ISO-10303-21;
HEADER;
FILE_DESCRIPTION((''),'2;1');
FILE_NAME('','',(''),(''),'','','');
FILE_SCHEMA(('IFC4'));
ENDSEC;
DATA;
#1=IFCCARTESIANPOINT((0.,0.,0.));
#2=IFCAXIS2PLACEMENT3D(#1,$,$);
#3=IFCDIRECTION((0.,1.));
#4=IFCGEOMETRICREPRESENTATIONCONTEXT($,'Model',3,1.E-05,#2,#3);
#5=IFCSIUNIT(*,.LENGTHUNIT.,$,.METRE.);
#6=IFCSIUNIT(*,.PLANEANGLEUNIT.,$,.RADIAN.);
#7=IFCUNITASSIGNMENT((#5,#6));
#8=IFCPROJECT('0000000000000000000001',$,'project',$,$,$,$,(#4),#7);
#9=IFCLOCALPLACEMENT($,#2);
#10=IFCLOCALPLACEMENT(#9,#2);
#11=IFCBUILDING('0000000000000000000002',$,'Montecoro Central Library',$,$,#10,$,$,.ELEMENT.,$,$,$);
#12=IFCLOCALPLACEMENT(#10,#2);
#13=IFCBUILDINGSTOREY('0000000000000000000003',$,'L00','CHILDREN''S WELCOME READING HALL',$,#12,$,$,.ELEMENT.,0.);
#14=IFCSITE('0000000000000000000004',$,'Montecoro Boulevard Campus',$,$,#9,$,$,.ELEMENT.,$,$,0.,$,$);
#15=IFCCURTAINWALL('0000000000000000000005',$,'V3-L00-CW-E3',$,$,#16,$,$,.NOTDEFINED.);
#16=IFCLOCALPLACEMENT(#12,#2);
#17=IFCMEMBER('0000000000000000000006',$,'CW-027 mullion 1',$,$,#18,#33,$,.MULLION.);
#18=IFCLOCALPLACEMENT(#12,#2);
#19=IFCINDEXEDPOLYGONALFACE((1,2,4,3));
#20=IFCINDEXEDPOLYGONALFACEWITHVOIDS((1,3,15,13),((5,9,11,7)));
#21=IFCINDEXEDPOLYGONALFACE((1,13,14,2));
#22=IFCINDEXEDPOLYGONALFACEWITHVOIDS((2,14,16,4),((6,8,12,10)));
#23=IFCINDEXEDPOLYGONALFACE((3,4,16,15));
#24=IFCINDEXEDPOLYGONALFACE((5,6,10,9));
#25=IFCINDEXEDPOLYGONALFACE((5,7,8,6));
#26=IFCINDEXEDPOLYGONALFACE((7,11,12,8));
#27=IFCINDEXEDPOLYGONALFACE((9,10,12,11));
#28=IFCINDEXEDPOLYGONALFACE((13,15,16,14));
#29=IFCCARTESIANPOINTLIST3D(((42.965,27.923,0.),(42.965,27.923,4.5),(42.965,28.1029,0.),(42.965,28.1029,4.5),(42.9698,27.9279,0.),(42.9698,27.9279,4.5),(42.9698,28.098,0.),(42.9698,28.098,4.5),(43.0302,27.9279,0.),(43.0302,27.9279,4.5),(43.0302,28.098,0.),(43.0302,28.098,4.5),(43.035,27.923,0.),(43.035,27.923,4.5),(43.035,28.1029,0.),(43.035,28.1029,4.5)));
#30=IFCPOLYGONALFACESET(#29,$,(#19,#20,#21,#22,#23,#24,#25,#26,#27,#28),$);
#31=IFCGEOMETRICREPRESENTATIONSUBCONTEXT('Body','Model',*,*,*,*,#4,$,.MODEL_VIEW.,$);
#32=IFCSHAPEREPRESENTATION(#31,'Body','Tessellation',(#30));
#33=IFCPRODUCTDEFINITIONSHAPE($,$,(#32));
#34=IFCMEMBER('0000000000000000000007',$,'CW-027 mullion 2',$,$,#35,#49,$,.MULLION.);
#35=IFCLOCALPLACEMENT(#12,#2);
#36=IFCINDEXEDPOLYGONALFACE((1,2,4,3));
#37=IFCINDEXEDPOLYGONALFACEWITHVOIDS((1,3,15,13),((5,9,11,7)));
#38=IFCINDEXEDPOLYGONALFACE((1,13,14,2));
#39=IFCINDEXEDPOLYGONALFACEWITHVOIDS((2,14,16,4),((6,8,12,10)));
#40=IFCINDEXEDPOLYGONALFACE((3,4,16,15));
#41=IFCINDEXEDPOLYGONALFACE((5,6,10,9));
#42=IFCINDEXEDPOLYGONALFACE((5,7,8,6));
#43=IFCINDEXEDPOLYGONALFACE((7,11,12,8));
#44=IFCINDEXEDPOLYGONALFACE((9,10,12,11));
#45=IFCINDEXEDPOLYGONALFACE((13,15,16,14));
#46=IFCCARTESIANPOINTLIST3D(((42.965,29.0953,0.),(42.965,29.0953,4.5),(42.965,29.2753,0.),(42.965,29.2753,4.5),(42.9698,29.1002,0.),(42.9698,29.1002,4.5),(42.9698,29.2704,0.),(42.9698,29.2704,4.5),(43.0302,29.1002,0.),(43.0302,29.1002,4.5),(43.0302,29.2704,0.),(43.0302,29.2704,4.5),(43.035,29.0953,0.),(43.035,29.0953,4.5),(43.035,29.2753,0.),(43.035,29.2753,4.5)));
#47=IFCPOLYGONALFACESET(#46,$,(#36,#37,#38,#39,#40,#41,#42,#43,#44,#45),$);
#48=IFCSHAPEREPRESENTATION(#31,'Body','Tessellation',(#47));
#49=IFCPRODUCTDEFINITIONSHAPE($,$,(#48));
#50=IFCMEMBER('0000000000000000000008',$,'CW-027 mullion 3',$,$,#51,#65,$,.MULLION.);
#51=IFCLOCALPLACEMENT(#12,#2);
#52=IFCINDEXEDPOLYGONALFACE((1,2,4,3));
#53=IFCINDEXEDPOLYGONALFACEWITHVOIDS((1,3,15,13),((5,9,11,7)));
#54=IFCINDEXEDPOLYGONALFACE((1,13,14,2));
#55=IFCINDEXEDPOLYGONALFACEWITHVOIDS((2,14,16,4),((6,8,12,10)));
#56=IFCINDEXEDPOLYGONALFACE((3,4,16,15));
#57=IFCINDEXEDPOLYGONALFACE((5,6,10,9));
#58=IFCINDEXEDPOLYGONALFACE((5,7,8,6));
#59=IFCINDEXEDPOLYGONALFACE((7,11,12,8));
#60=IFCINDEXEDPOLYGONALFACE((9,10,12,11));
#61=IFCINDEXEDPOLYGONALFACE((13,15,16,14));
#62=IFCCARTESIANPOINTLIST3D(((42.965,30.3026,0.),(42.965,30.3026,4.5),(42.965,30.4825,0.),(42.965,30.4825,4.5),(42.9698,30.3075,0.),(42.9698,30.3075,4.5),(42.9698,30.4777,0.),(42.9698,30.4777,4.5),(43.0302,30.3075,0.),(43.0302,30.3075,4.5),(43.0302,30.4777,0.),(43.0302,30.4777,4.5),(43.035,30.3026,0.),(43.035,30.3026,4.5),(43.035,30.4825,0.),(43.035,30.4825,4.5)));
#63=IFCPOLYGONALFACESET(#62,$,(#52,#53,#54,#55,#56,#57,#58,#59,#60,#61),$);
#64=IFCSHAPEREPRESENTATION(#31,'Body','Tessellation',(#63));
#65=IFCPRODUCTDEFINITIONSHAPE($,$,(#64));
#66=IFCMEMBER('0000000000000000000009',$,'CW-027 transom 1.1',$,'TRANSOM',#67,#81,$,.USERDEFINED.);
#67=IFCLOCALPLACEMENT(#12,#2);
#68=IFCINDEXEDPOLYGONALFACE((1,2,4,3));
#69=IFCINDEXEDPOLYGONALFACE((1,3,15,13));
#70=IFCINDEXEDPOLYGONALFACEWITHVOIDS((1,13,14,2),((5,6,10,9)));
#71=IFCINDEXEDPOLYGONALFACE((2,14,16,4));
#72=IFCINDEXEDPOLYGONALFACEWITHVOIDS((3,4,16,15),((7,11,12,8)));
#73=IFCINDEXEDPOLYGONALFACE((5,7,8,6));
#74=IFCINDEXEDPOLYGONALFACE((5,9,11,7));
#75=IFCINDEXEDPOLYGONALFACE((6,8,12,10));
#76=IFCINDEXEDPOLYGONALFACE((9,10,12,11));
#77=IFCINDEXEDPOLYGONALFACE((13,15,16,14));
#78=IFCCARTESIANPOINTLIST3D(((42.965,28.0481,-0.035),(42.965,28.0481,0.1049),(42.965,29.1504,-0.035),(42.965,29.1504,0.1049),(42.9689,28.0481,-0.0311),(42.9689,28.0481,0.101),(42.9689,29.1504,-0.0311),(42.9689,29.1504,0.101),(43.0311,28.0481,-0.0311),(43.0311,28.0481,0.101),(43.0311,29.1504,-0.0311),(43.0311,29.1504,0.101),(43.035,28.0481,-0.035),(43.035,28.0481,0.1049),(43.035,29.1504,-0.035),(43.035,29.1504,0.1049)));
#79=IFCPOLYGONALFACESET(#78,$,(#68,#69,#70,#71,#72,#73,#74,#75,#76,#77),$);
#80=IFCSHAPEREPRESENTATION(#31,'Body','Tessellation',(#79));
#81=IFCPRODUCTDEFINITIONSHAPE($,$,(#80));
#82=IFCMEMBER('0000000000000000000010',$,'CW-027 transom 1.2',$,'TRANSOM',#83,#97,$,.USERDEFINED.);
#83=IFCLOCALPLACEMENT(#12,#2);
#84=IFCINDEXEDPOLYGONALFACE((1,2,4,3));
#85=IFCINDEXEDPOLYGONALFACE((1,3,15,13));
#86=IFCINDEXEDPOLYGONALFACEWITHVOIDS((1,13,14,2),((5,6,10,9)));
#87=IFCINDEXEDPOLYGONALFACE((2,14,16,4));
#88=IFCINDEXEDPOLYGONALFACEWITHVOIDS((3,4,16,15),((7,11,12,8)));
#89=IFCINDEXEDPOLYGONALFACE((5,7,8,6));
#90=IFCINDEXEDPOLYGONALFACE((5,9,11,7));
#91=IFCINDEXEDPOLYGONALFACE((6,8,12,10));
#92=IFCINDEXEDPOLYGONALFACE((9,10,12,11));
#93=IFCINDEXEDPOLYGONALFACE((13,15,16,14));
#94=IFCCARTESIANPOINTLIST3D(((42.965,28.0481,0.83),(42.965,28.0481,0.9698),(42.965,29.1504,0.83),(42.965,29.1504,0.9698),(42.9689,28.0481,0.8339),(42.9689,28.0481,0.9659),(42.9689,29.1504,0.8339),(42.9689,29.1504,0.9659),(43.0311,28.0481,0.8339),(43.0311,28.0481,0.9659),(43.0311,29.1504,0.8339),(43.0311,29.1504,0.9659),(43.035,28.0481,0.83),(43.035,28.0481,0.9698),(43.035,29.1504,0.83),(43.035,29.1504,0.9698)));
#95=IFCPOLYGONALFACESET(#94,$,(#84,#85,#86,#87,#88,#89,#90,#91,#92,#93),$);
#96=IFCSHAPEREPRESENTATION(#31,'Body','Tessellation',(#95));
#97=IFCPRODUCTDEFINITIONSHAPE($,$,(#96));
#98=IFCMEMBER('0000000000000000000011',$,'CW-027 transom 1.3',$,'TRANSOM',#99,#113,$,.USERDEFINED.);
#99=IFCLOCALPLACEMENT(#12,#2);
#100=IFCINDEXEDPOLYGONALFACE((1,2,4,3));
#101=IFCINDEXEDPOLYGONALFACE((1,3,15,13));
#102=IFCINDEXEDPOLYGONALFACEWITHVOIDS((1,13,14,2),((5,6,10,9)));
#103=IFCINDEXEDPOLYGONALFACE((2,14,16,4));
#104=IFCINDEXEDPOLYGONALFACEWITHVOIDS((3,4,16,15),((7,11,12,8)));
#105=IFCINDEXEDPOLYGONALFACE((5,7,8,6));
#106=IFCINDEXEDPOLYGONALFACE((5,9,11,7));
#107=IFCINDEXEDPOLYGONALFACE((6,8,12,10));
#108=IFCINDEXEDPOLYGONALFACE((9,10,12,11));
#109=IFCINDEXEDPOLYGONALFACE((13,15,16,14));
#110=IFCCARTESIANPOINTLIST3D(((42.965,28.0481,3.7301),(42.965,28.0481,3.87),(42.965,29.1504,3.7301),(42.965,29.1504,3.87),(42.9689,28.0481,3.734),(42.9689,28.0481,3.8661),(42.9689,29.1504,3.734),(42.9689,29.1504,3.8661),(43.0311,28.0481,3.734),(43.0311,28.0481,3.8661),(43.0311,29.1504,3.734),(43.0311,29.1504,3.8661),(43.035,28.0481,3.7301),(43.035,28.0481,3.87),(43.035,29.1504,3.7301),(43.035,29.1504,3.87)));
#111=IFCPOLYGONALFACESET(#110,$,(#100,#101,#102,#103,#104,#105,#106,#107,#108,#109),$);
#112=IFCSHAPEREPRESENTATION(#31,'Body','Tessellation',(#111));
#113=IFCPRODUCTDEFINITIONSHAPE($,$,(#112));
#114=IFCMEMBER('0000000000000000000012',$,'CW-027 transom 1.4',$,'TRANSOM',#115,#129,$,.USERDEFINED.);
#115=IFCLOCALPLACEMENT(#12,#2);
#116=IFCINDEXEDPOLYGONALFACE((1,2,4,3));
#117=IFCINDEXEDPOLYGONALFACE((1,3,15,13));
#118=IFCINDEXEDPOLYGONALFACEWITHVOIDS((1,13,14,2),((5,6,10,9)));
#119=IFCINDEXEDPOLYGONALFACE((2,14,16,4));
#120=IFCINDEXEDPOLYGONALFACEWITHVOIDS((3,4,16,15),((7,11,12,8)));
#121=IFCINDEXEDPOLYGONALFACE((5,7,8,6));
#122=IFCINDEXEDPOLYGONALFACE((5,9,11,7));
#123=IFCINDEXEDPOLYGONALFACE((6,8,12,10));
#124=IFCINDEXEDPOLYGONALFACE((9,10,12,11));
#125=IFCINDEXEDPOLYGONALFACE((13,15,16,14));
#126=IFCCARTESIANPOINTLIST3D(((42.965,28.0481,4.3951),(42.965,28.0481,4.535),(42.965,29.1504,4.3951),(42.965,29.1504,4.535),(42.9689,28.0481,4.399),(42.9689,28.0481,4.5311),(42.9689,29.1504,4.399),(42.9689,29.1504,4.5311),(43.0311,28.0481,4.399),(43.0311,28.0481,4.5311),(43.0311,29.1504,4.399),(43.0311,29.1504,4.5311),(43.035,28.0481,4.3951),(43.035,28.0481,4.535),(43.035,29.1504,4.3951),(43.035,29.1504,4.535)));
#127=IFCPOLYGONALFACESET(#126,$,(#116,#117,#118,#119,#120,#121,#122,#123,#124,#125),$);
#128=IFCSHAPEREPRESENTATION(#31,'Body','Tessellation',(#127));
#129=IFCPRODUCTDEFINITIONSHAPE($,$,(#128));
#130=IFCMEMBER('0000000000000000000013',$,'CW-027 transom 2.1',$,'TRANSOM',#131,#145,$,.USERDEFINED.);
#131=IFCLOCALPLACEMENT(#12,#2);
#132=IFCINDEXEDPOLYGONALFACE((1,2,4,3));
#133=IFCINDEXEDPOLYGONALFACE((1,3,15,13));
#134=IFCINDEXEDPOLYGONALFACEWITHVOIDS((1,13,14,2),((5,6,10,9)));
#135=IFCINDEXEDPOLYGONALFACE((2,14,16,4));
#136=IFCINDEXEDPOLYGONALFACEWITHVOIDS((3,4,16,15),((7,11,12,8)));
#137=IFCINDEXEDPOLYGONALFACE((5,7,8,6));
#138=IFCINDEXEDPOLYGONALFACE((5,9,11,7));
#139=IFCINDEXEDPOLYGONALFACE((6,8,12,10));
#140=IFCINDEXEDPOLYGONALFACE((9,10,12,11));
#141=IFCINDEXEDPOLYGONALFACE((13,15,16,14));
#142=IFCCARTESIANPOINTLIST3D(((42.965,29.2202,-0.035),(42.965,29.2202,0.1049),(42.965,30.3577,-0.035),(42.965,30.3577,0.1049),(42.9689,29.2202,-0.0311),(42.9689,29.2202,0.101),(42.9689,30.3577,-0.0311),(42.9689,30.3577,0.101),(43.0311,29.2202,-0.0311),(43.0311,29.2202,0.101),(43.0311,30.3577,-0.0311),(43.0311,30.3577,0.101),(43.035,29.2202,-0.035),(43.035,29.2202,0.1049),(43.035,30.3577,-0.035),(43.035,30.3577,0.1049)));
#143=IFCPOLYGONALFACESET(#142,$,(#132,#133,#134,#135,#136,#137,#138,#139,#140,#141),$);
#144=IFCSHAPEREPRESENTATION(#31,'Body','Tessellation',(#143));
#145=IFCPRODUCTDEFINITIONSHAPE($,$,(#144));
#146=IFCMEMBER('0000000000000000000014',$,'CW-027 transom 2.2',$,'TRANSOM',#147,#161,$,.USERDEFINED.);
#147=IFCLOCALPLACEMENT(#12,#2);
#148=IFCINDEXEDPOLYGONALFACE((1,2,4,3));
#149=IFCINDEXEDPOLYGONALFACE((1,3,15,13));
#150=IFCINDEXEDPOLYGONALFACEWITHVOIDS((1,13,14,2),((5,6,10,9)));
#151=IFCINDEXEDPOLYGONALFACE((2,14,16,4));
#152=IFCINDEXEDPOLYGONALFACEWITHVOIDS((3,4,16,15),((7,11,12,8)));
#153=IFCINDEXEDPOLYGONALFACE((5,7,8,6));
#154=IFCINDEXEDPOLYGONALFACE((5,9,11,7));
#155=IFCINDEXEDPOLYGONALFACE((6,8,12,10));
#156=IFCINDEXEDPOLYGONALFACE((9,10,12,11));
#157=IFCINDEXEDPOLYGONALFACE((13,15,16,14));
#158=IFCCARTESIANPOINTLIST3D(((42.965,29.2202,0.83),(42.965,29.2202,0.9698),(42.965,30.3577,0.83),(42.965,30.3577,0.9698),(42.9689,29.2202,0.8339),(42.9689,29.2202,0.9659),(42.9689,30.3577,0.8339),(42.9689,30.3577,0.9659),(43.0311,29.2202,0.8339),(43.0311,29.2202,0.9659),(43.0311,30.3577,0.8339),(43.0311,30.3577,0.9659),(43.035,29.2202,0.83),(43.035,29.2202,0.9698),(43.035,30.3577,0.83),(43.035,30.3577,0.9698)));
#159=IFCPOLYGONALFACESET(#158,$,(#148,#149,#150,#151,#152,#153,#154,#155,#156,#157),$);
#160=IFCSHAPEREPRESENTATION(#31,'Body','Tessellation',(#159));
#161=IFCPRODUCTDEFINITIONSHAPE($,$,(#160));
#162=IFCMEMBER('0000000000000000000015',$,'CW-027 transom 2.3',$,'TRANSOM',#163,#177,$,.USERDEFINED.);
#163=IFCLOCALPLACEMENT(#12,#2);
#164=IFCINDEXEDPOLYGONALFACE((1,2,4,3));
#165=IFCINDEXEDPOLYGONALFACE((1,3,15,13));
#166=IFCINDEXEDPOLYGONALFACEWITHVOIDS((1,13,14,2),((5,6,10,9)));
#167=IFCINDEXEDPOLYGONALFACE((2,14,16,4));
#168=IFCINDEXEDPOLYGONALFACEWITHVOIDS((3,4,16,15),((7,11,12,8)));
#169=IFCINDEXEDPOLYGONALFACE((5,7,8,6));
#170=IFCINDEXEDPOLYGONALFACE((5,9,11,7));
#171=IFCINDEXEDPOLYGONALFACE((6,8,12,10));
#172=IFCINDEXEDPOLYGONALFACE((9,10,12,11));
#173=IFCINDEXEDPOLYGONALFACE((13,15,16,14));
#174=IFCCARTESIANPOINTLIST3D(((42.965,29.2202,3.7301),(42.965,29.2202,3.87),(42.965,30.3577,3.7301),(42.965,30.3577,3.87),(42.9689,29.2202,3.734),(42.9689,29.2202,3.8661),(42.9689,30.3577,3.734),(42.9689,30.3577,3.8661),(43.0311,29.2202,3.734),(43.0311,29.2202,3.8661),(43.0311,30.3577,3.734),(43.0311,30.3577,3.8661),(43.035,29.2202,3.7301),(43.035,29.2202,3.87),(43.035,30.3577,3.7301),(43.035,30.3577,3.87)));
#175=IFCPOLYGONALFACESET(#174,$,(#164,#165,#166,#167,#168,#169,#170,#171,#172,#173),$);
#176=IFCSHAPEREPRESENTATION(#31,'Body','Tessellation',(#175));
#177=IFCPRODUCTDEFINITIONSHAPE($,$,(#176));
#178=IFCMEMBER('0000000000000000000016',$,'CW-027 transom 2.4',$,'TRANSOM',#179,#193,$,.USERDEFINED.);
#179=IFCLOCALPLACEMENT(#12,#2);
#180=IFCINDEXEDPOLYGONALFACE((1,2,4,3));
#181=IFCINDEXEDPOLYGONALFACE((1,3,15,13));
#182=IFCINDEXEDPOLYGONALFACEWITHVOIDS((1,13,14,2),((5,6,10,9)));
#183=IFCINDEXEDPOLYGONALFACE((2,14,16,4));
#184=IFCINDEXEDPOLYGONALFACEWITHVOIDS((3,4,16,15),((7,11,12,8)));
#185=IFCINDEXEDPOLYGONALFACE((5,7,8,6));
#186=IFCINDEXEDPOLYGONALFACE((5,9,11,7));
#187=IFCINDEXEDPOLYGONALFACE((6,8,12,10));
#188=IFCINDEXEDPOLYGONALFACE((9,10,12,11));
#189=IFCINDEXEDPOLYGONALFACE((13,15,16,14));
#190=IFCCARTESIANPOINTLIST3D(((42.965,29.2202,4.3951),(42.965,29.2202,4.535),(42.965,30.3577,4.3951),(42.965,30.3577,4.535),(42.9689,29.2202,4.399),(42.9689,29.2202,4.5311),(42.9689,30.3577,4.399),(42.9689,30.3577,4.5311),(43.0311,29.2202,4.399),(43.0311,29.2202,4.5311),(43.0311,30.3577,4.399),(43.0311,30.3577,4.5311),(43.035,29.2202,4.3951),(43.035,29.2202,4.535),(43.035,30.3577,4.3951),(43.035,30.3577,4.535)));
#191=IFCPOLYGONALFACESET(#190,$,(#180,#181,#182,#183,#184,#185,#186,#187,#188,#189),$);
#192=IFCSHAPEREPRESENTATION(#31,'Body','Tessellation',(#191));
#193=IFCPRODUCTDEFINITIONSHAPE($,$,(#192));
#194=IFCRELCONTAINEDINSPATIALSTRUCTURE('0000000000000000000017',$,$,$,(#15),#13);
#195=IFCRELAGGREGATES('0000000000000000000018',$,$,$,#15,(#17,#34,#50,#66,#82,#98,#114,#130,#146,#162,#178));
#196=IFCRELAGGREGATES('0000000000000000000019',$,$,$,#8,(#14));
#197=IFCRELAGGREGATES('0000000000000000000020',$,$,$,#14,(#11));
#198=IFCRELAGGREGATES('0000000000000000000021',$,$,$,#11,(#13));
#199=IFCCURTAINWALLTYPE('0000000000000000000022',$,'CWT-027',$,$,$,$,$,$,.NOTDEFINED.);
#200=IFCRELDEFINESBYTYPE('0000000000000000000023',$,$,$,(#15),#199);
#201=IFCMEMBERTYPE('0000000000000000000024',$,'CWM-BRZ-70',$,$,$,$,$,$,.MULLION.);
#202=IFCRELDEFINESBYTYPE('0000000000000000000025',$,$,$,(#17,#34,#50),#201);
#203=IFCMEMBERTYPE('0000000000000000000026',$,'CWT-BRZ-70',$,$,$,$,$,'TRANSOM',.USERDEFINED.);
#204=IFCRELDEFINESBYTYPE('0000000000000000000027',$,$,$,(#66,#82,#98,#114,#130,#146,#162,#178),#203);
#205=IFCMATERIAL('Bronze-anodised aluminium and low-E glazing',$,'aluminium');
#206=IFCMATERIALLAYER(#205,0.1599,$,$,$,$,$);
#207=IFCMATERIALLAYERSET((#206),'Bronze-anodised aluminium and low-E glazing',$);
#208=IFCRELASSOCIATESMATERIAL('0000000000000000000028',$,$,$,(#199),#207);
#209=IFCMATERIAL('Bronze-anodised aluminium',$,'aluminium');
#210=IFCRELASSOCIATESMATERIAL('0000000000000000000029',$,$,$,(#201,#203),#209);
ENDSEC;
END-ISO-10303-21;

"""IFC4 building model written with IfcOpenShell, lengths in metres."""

from ifc_helpers import new_model, si_unit, direction, frame, origin, origin_2d, place, context, subcontext, project, spatial, hollow_rectangle, extrude, material, layer, layer_set, material_profile, profile_set, type_object, element, aggregate, save


model = new_model("IFC4")

# Units and contexts
model_context = context("Model", 3, precision=1e-05, world=origin(), true_north=direction((0.0, 1.0)))
body_context = subcontext(model_context, "Body", "Model", "MODEL_VIEW")
ifc_project = project(units=[si_unit("LENGTHUNIT", "METRE"), si_unit("PLANEANGLEUNIT", "RADIAN")], contexts=[model_context])

# Site, building, storey
site_placement = place(None, origin())
site = spatial("IfcSite", under=ifc_project, at=site_placement, Name="Montecoro Boulevard Campus", CompositionType="ELEMENT", RefElevation=0.0)
building_placement = place(site_placement, origin())
building = spatial("IfcBuilding", under=site, at=building_placement, Name="Montecoro Central Library", CompositionType="ELEMENT")
storey_placement = place(building_placement, origin())
storey = spatial("IfcBuildingStorey", under=building, at=storey_placement, Name="L00", Description="CHILDREN'S WELCOME READING HALL", CompositionType="ELEMENT", Elevation=0.0)

# Curtain wall, members
ifc_material_1 = material(Name="Bronze-anodised aluminium and low-E glazing", Category="aluminium")
ifc_layer_1 = layer(ifc_material_1, 0.1599)
ifc_layer_set_1 = layer_set([ifc_layer_1], Name="Bronze-anodised aluminium and low-E glazing")
curtain_wall_type = type_object("IfcCurtainWallType", Name="CWT-027", PredefinedType="NOTDEFINED", material=ifc_layer_set_1)
curtain_wall_placement = place(storey_placement, origin())
curtain_wall = element("IfcCurtainWall", 1, at=curtain_wall_placement, inside=storey, type_object=curtain_wall_type, Name="V3-L00-CW-E3", PredefinedType="NOTDEFINED")
ifc_material_2 = material(Name="Bronze-anodised aluminium", Category="aluminium")
ifc_material_profile_1 = material_profile(ifc_material_2, hollow_rectangle(XDim=0.0701, YDim=0.1799, WallThickness=0.0049, at=origin_2d()), Name="CWM 180x70x5.0")
ifc_profile_set_1 = profile_set([ifc_material_profile_1], Name="Bronze-anodised aluminium")
member_type_1 = type_object("IfcMemberType", Name="CWM-BRZ-70", PredefinedType="MULLION", material=ifc_profile_set_1)
member_1_placement = place(storey_placement, frame((43.0, 28.0129, 0.0), z_axis=(0.0, 0.0, 1.0), x_axis=(-1.0, 0.0, 0.0)))
member_1 = element("IfcMember", 2, at=member_1_placement, type_object=member_type_1, Name="CW-027 mullion 1", PredefinedType="MULLION", context=body_context, shape_type="SweptSolid", body=[
    extrude(hollow_rectangle(XDim=0.0701, YDim=0.1799, WallThickness=0.0049, at=origin_2d()), origin(), (0.0, 0.0, 1.0), 4.5),
])
member_2_placement = place(storey_placement, frame((43.0, 29.1853, 0.0), z_axis=(0.0, 0.0, 1.0), x_axis=(-1.0, 0.0, 0.0)))
member_2 = element("IfcMember", 3, at=member_2_placement, type_object=member_type_1, Name="CW-027 mullion 2", PredefinedType="MULLION", context=body_context, shape_type="SweptSolid", body=[
    extrude(hollow_rectangle(XDim=0.0701, YDim=0.1799, WallThickness=0.0049, at=origin_2d()), origin(), (0.0, 0.0, 1.0), 4.5),
])
member_3_placement = place(storey_placement, frame((43.0, 30.3926, 0.0), z_axis=(0.0, 0.0, 1.0), x_axis=(-1.0, 0.0, 0.0)))
member_3 = element("IfcMember", 4, at=member_3_placement, type_object=member_type_1, Name="CW-027 mullion 3", PredefinedType="MULLION", context=body_context, shape_type="SweptSolid", body=[
    extrude(hollow_rectangle(XDim=0.0701, YDim=0.1799, WallThickness=0.0049, at=origin_2d()), origin(), (0.0, 0.0, 1.0), 4.5),
])
ifc_material_profile_2 = material_profile(ifc_material_2, hollow_rectangle(XDim=0.0701, YDim=0.1399, WallThickness=0.0039, at=origin_2d()), Name="CWT 140x70x4.0")
ifc_profile_set_2 = profile_set([ifc_material_profile_2], Name="Bronze-anodised aluminium")
member_type_2 = type_object("IfcMemberType", Name="CWT-BRZ-70", ElementType="TRANSOM", PredefinedType="USERDEFINED", material=ifc_profile_set_2)
member_4_placement = place(storey_placement, frame((43.0, 28.0481, 0.0349), z_axis=(0.0, 1.0, 0.0), x_axis=(-1.0, 0.0, 0.0)))
member_4 = element("IfcMember", 5, at=member_4_placement, type_object=member_type_2, Name="CW-027 transom 1.1", ObjectType="TRANSOM", PredefinedType="USERDEFINED", context=body_context, shape_type="SweptSolid", body=[
    extrude(hollow_rectangle(XDim=0.0701, YDim=0.1399, WallThickness=0.0039, at=origin_2d()), origin(), (0.0, 0.0, 1.0), 1.1023),
])
member_5_placement = place(storey_placement, frame((43.0, 28.0481, 0.8999), z_axis=(0.0, 1.0, 0.0), x_axis=(-1.0, 0.0, 0.0)))
member_5 = element("IfcMember", 6, at=member_5_placement, type_object=member_type_2, Name="CW-027 transom 1.2", ObjectType="TRANSOM", PredefinedType="USERDEFINED", context=body_context, shape_type="SweptSolid", body=[
    extrude(hollow_rectangle(XDim=0.0701, YDim=0.1399, WallThickness=0.0039, at=origin_2d()), origin(), (0.0, 0.0, 1.0), 1.1023),
])
member_6_placement = place(storey_placement, frame((43.0, 28.0481, 3.8), z_axis=(0.0, 1.0, 0.0), x_axis=(-1.0, 0.0, 0.0)))
member_6 = element("IfcMember", 7, at=member_6_placement, type_object=member_type_2, Name="CW-027 transom 1.3", ObjectType="TRANSOM", PredefinedType="USERDEFINED", context=body_context, shape_type="SweptSolid", body=[
    extrude(hollow_rectangle(XDim=0.0701, YDim=0.1399, WallThickness=0.0039, at=origin_2d()), origin(), (0.0, 0.0, 1.0), 1.1023),
])
member_7_placement = place(storey_placement, frame((43.0, 28.0481, 4.4651), z_axis=(0.0, 1.0, 0.0), x_axis=(-1.0, 0.0, 0.0)))
member_7 = element("IfcMember", 8, at=member_7_placement, type_object=member_type_2, Name="CW-027 transom 1.4", ObjectType="TRANSOM", PredefinedType="USERDEFINED", context=body_context, shape_type="SweptSolid", body=[
    extrude(hollow_rectangle(XDim=0.0701, YDim=0.1399, WallThickness=0.0039, at=origin_2d()), origin(), (0.0, 0.0, 1.0), 1.1023),
])
member_8_placement = place(storey_placement, frame((43.0, 29.2202, 0.0349), z_axis=(0.0, 1.0, 0.0), x_axis=(-1.0, 0.0, 0.0)))
member_8 = element("IfcMember", 9, at=member_8_placement, type_object=member_type_2, Name="CW-027 transom 2.1", ObjectType="TRANSOM", PredefinedType="USERDEFINED", context=body_context, shape_type="SweptSolid", body=[
    extrude(hollow_rectangle(XDim=0.0701, YDim=0.1399, WallThickness=0.0039, at=origin_2d()), origin(), (0.0, 0.0, 1.0), 1.1375),
])
member_9_placement = place(storey_placement, frame((43.0, 29.2202, 0.8999), z_axis=(0.0, 1.0, 0.0), x_axis=(-1.0, 0.0, 0.0)))
member_9 = element("IfcMember", 10, at=member_9_placement, type_object=member_type_2, Name="CW-027 transom 2.2", ObjectType="TRANSOM", PredefinedType="USERDEFINED", context=body_context, shape_type="SweptSolid", body=[
    extrude(hollow_rectangle(XDim=0.0701, YDim=0.1399, WallThickness=0.0039, at=origin_2d()), origin(), (0.0, 0.0, 1.0), 1.1375),
])
member_10_placement = place(storey_placement, frame((43.0, 29.2202, 3.8), z_axis=(0.0, 1.0, 0.0), x_axis=(-1.0, 0.0, 0.0)))
member_10 = element("IfcMember", 11, at=member_10_placement, type_object=member_type_2, Name="CW-027 transom 2.3", ObjectType="TRANSOM", PredefinedType="USERDEFINED", context=body_context, shape_type="SweptSolid", body=[
    extrude(hollow_rectangle(XDim=0.0701, YDim=0.1399, WallThickness=0.0039, at=origin_2d()), origin(), (0.0, 0.0, 1.0), 1.1375),
])
member_11_placement = place(storey_placement, frame((43.0, 29.2202, 4.4651), z_axis=(0.0, 1.0, 0.0), x_axis=(-1.0, 0.0, 0.0)))
member_11 = element("IfcMember", 12, at=member_11_placement, type_object=member_type_2, Name="CW-027 transom 2.4", ObjectType="TRANSOM", PredefinedType="USERDEFINED", context=body_context, shape_type="SweptSolid", body=[
    extrude(hollow_rectangle(XDim=0.0701, YDim=0.1399, WallThickness=0.0039, at=origin_2d()), origin(), (0.0, 0.0, 1.0), 1.1375),
])
aggregate(curtain_wall, [member_1, member_2, member_3, member_4, member_5, member_6, member_7, member_8, member_9, member_10, member_11])

save(model, "model.ifc")
